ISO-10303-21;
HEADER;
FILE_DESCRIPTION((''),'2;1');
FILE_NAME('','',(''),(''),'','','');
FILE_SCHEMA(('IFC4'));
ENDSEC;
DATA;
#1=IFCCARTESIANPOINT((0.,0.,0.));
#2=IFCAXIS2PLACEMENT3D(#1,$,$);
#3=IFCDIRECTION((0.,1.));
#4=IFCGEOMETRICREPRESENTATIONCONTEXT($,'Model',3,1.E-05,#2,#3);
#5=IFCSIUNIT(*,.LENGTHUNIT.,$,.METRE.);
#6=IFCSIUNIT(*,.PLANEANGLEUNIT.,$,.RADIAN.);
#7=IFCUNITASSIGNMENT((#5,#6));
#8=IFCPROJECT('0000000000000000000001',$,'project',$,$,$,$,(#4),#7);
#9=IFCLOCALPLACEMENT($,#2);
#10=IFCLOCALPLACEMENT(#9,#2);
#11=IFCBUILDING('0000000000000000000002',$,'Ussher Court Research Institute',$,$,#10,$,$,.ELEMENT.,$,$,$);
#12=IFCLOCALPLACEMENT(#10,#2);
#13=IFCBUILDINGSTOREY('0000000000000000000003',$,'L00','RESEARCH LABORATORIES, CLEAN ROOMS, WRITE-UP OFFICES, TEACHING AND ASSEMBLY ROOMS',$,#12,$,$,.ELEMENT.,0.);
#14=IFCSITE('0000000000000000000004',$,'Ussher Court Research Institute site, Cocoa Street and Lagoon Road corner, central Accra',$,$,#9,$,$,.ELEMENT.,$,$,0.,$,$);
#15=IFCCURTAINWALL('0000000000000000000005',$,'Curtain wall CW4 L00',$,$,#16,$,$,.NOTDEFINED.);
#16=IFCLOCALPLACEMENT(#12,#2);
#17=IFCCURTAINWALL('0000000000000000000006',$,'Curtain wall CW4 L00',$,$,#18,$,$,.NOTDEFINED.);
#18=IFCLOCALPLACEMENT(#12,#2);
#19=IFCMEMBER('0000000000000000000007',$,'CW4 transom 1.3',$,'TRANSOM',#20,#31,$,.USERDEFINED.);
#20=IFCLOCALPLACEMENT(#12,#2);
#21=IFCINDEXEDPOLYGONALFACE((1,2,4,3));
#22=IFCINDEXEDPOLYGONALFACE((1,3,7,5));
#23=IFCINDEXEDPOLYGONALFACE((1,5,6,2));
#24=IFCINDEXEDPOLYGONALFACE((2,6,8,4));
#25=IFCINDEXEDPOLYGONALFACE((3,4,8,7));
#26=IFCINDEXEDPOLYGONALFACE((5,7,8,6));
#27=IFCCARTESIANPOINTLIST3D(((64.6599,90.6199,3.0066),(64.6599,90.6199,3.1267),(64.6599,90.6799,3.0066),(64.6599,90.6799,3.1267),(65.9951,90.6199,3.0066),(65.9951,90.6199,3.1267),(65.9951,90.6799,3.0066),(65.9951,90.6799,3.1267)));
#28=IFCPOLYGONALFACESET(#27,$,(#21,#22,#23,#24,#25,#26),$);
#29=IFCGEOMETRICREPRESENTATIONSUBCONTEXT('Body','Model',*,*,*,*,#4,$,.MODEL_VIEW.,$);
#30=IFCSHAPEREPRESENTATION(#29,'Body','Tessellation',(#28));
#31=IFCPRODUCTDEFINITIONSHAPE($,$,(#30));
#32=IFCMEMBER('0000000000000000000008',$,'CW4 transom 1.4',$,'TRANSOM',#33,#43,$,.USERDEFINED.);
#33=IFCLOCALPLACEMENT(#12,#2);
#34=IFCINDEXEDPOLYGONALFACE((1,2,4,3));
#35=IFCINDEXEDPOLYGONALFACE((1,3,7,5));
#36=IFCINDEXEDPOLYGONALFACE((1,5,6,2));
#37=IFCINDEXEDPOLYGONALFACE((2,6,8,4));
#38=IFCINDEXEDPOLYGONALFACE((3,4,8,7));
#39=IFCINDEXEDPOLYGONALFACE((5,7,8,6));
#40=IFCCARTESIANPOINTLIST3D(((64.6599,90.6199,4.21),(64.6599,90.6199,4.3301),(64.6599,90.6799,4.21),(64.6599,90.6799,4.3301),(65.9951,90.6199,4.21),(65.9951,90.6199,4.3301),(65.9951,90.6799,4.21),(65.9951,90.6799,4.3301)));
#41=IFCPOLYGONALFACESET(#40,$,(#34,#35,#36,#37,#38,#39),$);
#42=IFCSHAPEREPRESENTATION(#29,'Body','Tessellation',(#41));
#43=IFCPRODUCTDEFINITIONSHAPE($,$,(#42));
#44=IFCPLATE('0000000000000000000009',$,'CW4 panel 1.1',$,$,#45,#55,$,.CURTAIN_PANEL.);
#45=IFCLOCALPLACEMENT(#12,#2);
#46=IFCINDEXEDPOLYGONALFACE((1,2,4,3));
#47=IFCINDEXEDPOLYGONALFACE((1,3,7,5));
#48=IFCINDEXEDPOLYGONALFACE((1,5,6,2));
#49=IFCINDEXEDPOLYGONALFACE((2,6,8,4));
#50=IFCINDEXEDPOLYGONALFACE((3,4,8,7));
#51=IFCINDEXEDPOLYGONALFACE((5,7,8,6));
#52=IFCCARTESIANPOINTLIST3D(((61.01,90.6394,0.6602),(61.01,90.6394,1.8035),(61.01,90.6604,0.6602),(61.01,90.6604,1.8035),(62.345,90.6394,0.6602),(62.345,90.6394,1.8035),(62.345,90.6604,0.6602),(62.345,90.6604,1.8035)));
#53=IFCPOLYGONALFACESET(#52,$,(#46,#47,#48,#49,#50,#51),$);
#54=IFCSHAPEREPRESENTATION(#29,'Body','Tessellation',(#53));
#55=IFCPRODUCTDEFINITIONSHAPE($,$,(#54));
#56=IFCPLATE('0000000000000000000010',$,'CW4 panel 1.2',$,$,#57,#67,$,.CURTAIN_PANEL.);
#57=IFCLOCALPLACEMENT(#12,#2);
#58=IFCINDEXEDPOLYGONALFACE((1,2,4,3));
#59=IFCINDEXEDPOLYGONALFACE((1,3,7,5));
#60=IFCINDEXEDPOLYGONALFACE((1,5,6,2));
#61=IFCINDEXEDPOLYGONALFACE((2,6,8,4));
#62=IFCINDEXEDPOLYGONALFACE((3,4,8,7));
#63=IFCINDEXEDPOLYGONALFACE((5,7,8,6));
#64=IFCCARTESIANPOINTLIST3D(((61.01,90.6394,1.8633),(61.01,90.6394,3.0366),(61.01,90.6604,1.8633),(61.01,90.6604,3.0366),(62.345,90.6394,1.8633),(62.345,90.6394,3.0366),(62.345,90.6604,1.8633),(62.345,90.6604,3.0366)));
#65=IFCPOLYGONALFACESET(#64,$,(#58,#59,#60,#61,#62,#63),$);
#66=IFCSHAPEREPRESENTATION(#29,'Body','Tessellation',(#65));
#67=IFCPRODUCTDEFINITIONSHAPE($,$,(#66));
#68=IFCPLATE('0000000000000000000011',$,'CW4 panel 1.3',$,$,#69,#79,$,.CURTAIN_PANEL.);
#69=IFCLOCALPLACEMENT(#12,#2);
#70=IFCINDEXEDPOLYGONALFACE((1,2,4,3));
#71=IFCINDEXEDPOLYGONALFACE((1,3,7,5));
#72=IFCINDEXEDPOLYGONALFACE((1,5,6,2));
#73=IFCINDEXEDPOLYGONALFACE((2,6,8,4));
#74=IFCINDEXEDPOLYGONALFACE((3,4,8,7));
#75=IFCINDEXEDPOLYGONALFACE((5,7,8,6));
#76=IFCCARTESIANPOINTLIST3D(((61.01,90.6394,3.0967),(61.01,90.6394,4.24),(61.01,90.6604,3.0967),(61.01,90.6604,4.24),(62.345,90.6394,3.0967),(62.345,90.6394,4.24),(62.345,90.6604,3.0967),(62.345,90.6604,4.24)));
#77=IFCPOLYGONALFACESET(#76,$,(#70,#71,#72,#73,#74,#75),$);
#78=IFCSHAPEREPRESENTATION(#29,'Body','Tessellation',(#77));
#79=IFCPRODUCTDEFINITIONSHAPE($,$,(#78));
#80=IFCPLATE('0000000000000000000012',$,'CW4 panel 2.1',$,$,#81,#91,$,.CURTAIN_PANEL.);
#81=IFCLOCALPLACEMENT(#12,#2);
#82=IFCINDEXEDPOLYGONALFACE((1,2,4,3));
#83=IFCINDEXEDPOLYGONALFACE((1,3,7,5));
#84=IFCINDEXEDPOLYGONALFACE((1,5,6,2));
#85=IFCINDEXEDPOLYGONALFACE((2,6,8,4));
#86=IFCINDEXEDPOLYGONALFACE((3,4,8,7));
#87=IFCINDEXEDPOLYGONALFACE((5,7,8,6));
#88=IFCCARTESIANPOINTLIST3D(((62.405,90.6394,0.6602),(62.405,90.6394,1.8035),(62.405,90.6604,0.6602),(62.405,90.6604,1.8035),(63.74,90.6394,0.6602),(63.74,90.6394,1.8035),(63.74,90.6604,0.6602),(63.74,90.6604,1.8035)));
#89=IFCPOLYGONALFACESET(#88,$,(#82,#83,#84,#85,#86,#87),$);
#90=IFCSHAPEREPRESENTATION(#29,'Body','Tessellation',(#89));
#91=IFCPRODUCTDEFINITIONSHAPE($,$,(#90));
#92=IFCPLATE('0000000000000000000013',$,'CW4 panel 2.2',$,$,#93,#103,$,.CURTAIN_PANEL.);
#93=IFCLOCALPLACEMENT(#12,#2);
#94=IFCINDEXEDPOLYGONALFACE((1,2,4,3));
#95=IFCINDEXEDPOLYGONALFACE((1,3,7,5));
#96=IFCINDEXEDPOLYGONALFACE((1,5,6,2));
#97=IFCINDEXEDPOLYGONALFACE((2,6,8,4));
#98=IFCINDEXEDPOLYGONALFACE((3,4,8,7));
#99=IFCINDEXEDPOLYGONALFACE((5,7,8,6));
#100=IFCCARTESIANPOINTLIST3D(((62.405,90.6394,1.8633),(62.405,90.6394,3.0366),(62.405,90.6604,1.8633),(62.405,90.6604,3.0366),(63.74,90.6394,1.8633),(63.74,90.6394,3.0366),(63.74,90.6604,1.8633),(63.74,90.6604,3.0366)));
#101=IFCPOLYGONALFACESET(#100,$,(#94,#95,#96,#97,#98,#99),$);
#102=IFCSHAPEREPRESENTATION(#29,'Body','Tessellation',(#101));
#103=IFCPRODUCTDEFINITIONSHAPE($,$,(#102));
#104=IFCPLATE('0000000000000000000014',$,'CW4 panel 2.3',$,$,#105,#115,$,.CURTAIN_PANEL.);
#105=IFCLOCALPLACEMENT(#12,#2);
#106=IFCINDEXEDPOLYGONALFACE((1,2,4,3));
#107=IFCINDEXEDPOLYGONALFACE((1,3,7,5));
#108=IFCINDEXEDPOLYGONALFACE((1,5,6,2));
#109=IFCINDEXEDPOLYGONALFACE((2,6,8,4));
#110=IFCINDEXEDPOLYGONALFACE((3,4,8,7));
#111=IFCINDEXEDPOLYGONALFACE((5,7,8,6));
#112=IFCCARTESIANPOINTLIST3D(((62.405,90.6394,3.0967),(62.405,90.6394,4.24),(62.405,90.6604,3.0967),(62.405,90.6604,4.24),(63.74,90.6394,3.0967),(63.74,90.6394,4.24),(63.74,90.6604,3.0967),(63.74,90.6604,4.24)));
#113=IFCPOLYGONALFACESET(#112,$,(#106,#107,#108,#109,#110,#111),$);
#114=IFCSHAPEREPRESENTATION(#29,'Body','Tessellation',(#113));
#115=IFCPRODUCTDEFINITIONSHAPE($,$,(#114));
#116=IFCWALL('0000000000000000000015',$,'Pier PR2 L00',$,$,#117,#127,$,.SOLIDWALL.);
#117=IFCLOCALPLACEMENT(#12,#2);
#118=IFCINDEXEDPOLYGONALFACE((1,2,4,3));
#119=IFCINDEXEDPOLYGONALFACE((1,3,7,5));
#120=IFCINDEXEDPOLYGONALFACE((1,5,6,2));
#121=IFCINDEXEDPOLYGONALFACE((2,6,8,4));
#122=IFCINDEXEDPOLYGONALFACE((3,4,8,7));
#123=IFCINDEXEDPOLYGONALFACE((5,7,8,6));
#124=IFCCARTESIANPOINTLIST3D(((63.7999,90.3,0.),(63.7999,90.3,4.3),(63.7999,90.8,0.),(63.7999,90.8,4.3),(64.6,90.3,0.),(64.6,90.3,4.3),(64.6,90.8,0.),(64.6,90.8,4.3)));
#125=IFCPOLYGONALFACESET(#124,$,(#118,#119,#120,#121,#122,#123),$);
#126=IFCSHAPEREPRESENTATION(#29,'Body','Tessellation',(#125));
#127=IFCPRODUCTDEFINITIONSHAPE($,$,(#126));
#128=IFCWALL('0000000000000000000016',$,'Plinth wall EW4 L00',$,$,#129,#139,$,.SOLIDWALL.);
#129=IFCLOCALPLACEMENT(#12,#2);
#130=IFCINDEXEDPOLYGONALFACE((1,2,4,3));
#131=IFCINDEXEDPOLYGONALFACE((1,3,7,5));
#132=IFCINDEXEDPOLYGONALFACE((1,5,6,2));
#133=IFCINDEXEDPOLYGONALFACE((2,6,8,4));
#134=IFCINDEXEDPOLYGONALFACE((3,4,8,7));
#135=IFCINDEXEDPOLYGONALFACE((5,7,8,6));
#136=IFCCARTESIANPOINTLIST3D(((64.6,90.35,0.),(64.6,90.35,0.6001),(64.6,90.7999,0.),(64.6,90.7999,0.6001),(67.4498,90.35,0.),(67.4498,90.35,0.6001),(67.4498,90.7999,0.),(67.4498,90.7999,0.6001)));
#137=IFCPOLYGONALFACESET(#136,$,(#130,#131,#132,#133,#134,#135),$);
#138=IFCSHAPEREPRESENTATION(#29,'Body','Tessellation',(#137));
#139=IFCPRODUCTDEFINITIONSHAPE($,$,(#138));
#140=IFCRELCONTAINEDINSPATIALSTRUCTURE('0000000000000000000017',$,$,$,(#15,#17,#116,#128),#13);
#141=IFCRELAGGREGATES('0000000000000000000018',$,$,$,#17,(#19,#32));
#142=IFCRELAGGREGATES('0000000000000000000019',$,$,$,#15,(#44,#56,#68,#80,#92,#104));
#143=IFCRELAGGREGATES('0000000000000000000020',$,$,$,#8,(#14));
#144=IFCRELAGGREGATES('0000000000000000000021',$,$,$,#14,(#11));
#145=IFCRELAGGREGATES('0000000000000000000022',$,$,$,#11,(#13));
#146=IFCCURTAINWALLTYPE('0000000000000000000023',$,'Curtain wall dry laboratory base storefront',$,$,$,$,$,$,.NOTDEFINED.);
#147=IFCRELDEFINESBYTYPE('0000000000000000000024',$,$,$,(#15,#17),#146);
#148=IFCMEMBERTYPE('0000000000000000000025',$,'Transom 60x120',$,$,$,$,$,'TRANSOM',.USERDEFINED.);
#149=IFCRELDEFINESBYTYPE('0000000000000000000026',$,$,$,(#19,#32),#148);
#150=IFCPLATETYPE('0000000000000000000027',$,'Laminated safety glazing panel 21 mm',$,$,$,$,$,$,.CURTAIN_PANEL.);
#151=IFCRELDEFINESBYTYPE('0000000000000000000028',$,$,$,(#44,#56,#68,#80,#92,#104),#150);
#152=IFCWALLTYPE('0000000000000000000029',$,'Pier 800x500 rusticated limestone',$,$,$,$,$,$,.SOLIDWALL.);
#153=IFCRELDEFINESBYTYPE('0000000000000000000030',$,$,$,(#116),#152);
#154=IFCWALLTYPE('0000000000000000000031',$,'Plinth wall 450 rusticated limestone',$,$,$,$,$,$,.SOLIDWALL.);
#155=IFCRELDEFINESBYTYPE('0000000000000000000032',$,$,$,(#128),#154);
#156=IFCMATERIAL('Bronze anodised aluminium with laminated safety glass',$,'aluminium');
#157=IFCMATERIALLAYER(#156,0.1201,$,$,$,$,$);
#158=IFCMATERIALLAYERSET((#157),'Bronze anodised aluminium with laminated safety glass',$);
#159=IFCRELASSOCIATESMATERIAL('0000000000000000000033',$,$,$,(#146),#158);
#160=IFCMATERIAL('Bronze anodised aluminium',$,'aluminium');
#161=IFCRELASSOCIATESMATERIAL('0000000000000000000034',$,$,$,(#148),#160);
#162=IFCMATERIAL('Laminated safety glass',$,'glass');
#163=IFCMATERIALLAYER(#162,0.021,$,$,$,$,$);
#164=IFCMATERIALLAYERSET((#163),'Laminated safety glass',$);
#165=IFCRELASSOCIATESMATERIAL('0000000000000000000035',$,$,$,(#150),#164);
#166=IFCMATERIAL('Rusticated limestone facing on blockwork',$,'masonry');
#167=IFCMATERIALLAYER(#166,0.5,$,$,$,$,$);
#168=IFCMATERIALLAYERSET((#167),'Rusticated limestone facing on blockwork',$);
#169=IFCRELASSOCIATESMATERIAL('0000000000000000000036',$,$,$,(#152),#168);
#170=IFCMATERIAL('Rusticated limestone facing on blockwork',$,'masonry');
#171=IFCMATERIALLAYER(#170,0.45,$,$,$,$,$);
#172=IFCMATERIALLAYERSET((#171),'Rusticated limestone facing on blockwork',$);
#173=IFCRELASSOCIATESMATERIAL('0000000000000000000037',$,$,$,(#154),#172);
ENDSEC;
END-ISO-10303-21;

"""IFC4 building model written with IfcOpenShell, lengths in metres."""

from ifc_helpers import new_model, si_unit, direction, frame, frame_2d, origin, origin_2d, place, context, subcontext, project, spatial, rectangle, extrude, material, layer, layer_set, material_profile, profile_set, type_object, element, aggregate, save


model = new_model("IFC4")

# Units and contexts
model_context = context("Model", 3, precision=1e-05, world=origin(), true_north=direction((0.0, 1.0)))
body_context = subcontext(model_context, "Body", "Model", "MODEL_VIEW")
ifc_project = project(units=[si_unit("LENGTHUNIT", "METRE"), si_unit("PLANEANGLEUNIT", "RADIAN")], contexts=[model_context])

# Site, building, storey
site_placement = place(None, origin())
site = spatial("IfcSite", under=ifc_project, at=site_placement, Name="Ussher Court Research Institute site, Cocoa Street and Lagoon Road corner, central Accra", CompositionType="ELEMENT", RefElevation=0.0)
building_placement = place(site_placement, origin())
building = spatial("IfcBuilding", under=site, at=building_placement, Name="Ussher Court Research Institute", CompositionType="ELEMENT")
storey_placement = place(building_placement, origin())
storey = spatial("IfcBuildingStorey", under=building, at=storey_placement, Name="L00", Description="RESEARCH LABORATORIES, CLEAN ROOMS, WRITE-UP OFFICES, TEACHING AND ASSEMBLY ROOMS", CompositionType="ELEMENT", Elevation=0.0)

# Curtain wall
ifc_material_1 = material(Name="Bronze anodised aluminium with laminated safety glass", Category="aluminium")
ifc_layer_1 = layer(ifc_material_1, 0.1201)
ifc_layer_set_1 = layer_set([ifc_layer_1], Name="Bronze anodised aluminium with laminated safety glass")
curtain_wall_type = type_object("IfcCurtainWallType", Name="Curtain wall dry laboratory base storefront", PredefinedType="NOTDEFINED", material=ifc_layer_set_1)
curtain_wall_1_placement = place(storey_placement, origin())
curtain_wall_1 = element("IfcCurtainWall", 1, at=curtain_wall_1_placement, inside=storey, type_object=curtain_wall_type, Name="Curtain wall CW4 L00", PredefinedType="NOTDEFINED")

# Curtain wall
curtain_wall_2_placement = place(storey_placement, origin())
curtain_wall_2 = element("IfcCurtainWall", 2, at=curtain_wall_2_placement, inside=storey, type_object=curtain_wall_type, Name="Curtain wall CW4 L00", PredefinedType="NOTDEFINED")

# Members
ifc_material_2 = material(Name="Bronze anodised aluminium", Category="aluminium")
ifc_material_profile_1 = material_profile(ifc_material_2, rectangle(XDim=0.0601, YDim=0.1201, at=origin_2d()), Name="Transom 60x120")
ifc_profile_set_1 = profile_set([ifc_material_profile_1], Name="Bronze anodised aluminium")
member_type_1 = type_object("IfcMemberType", Name="Transom 60x120", ElementType="TRANSOM", PredefinedType="USERDEFINED", material=ifc_profile_set_1)
member_1_placement = place(storey_placement, frame((64.6599, 90.6499, 3.0667), z_axis=(1.0, 0.0, 0.0), x_axis=(0.0, 1.0, 0.0)))
member_1 = element("IfcMember", 3, at=member_1_placement, type_object=member_type_1, Name="CW4 transom 1.3", ObjectType="TRANSOM", PredefinedType="USERDEFINED", context=body_context, shape_type="SweptSolid", body=[
    extrude(rectangle(XDim=0.0601, YDim=0.1201, at=origin_2d()), origin(), (0.0, 0.0, 1.0), 1.3352),
])
member_2_placement = place(storey_placement, frame((64.6599, 90.6499, 4.27), z_axis=(1.0, 0.0, 0.0), x_axis=(0.0, 1.0, 0.0)))
member_2 = element("IfcMember", 4, at=member_2_placement, type_object=member_type_1, Name="CW4 transom 1.4", ObjectType="TRANSOM", PredefinedType="USERDEFINED", context=body_context, shape_type="SweptSolid", body=[
    extrude(rectangle(XDim=0.0601, YDim=0.1201, at=origin_2d()), origin(), (0.0, 0.0, 1.0), 1.3352),
])
aggregate(curtain_wall_2, [member_1, member_2])

# Plates
ifc_material_3 = material(Name="Laminated safety glass", Category="glass")
ifc_layer_2 = layer(ifc_material_3, 0.021)
ifc_layer_set_2 = layer_set([ifc_layer_2], Name="Laminated safety glass")
plate_type = type_object("IfcPlateType", Name="Laminated safety glazing panel 21 mm", PredefinedType="CURTAIN_PANEL", material=ifc_layer_set_2)
plate_1_placement = place(storey_placement, frame((61.6775, 90.6499, 0.6602), z_axis=(0.0, 0.0, 1.0), x_axis=(1.0, 0.0, 0.0)))
plate_1 = element("IfcPlate", 5, at=plate_1_placement, type_object=plate_type, Name="CW4 panel 1.1", PredefinedType="CURTAIN_PANEL", context=body_context, shape_type="SweptSolid", body=[
    extrude(rectangle(XDim=1.335, YDim=0.021, at=origin_2d()), origin(), (0.0, 0.0, 1.0), 1.1433),
])
plate_2_placement = place(storey_placement, frame((61.6775, 90.6499, 1.8633), z_axis=(0.0, 0.0, 1.0), x_axis=(1.0, 0.0, 0.0)))
plate_2 = element("IfcPlate", 6, at=plate_2_placement, type_object=plate_type, Name="CW4 panel 1.2", PredefinedType="CURTAIN_PANEL", context=body_context, shape_type="SweptSolid", body=[
    extrude(rectangle(XDim=1.335, YDim=0.021, at=origin_2d()), origin(), (0.0, 0.0, 1.0), 1.1733),
])
plate_3_placement = place(storey_placement, frame((61.6775, 90.6499, 3.0967), z_axis=(0.0, 0.0, 1.0), x_axis=(1.0, 0.0, 0.0)))
plate_3 = element("IfcPlate", 7, at=plate_3_placement, type_object=plate_type, Name="CW4 panel 1.3", PredefinedType="CURTAIN_PANEL", context=body_context, shape_type="SweptSolid", body=[
    extrude(rectangle(XDim=1.335, YDim=0.021, at=origin_2d()), origin(), (0.0, 0.0, 1.0), 1.1433),
])
plate_4_placement = place(storey_placement, frame((63.0725, 90.6499, 0.6602), z_axis=(0.0, 0.0, 1.0), x_axis=(1.0, 0.0, 0.0)))
plate_4 = element("IfcPlate", 8, at=plate_4_placement, type_object=plate_type, Name="CW4 panel 2.1", PredefinedType="CURTAIN_PANEL", context=body_context, shape_type="SweptSolid", body=[
    extrude(rectangle(XDim=1.335, YDim=0.021, at=origin_2d()), origin(), (0.0, 0.0, 1.0), 1.1433),
])
plate_5_placement = place(storey_placement, frame((63.0725, 90.6499, 1.8633), z_axis=(0.0, 0.0, 1.0), x_axis=(1.0, 0.0, 0.0)))
plate_5 = element("IfcPlate", 9, at=plate_5_placement, type_object=plate_type, Name="CW4 panel 2.2", PredefinedType="CURTAIN_PANEL", context=body_context, shape_type="SweptSolid", body=[
    extrude(rectangle(XDim=1.335, YDim=0.021, at=origin_2d()), origin(), (0.0, 0.0, 1.0), 1.1733),
])
plate_6_placement = place(storey_placement, frame((63.0725, 90.6499, 3.0967), z_axis=(0.0, 0.0, 1.0), x_axis=(1.0, 0.0, 0.0)))
plate_6 = element("IfcPlate", 10, at=plate_6_placement, type_object=plate_type, Name="CW4 panel 2.3", PredefinedType="CURTAIN_PANEL", context=body_context, shape_type="SweptSolid", body=[
    extrude(rectangle(XDim=1.335, YDim=0.021, at=origin_2d()), origin(), (0.0, 0.0, 1.0), 1.1433),
])
aggregate(curtain_wall_1, [plate_1, plate_2, plate_3, plate_4, plate_5, plate_6])

# Walls
ifc_material_4 = material(Name="Rusticated limestone facing on blockwork", Category="masonry")
ifc_layer_3 = layer(ifc_material_4, 0.5)
ifc_layer_set_3 = layer_set([ifc_layer_3], Name="Rusticated limestone facing on blockwork")
wall_type_1 = type_object("IfcWallType", Name="Pier 800x500 rusticated limestone", PredefinedType="SOLIDWALL", material=ifc_layer_set_3)
wall_1_placement = place(storey_placement, frame((63.8, 90.55, 0.0), z_axis=(0.0, 0.0, 1.0), x_axis=(1.0, 0.0, 0.0)))
element("IfcWall", 11, at=wall_1_placement, inside=storey, type_object=wall_type_1, Name="Pier PR2 L00", PredefinedType="SOLIDWALL", context=body_context, shape_type="SweptSolid", body=[
    extrude(rectangle(XDim=0.8, YDim=0.5, at=frame_2d((0.3999, 0.0))), origin(), (0.0, 0.0, 1.0), 4.3),
])
ifc_material_5 = material(Name="Rusticated limestone facing on blockwork", Category="masonry")
ifc_layer_4 = layer(ifc_material_5, 0.45)
ifc_layer_set_4 = layer_set([ifc_layer_4], Name="Rusticated limestone facing on blockwork")
wall_type_2 = type_object("IfcWallType", Name="Plinth wall 450 rusticated limestone", PredefinedType="SOLIDWALL", material=ifc_layer_set_4)
wall_2_placement = place(storey_placement, frame((64.6001, 90.575, 0.0), z_axis=(0.0, 0.0, 1.0), x_axis=(1.0, 0.0, 0.0)))
element("IfcWall", 12, at=wall_2_placement, inside=storey, type_object=wall_type_2, Name="Plinth wall EW4 L00", PredefinedType="SOLIDWALL", context=body_context, shape_type="SweptSolid", body=[
    extrude(rectangle(XDim=2.8499, YDim=0.45, at=frame_2d((1.4248, 0.0))), origin(), (0.0, 0.0, 1.0), 0.6001),
])

save(model, "model.ifc")
